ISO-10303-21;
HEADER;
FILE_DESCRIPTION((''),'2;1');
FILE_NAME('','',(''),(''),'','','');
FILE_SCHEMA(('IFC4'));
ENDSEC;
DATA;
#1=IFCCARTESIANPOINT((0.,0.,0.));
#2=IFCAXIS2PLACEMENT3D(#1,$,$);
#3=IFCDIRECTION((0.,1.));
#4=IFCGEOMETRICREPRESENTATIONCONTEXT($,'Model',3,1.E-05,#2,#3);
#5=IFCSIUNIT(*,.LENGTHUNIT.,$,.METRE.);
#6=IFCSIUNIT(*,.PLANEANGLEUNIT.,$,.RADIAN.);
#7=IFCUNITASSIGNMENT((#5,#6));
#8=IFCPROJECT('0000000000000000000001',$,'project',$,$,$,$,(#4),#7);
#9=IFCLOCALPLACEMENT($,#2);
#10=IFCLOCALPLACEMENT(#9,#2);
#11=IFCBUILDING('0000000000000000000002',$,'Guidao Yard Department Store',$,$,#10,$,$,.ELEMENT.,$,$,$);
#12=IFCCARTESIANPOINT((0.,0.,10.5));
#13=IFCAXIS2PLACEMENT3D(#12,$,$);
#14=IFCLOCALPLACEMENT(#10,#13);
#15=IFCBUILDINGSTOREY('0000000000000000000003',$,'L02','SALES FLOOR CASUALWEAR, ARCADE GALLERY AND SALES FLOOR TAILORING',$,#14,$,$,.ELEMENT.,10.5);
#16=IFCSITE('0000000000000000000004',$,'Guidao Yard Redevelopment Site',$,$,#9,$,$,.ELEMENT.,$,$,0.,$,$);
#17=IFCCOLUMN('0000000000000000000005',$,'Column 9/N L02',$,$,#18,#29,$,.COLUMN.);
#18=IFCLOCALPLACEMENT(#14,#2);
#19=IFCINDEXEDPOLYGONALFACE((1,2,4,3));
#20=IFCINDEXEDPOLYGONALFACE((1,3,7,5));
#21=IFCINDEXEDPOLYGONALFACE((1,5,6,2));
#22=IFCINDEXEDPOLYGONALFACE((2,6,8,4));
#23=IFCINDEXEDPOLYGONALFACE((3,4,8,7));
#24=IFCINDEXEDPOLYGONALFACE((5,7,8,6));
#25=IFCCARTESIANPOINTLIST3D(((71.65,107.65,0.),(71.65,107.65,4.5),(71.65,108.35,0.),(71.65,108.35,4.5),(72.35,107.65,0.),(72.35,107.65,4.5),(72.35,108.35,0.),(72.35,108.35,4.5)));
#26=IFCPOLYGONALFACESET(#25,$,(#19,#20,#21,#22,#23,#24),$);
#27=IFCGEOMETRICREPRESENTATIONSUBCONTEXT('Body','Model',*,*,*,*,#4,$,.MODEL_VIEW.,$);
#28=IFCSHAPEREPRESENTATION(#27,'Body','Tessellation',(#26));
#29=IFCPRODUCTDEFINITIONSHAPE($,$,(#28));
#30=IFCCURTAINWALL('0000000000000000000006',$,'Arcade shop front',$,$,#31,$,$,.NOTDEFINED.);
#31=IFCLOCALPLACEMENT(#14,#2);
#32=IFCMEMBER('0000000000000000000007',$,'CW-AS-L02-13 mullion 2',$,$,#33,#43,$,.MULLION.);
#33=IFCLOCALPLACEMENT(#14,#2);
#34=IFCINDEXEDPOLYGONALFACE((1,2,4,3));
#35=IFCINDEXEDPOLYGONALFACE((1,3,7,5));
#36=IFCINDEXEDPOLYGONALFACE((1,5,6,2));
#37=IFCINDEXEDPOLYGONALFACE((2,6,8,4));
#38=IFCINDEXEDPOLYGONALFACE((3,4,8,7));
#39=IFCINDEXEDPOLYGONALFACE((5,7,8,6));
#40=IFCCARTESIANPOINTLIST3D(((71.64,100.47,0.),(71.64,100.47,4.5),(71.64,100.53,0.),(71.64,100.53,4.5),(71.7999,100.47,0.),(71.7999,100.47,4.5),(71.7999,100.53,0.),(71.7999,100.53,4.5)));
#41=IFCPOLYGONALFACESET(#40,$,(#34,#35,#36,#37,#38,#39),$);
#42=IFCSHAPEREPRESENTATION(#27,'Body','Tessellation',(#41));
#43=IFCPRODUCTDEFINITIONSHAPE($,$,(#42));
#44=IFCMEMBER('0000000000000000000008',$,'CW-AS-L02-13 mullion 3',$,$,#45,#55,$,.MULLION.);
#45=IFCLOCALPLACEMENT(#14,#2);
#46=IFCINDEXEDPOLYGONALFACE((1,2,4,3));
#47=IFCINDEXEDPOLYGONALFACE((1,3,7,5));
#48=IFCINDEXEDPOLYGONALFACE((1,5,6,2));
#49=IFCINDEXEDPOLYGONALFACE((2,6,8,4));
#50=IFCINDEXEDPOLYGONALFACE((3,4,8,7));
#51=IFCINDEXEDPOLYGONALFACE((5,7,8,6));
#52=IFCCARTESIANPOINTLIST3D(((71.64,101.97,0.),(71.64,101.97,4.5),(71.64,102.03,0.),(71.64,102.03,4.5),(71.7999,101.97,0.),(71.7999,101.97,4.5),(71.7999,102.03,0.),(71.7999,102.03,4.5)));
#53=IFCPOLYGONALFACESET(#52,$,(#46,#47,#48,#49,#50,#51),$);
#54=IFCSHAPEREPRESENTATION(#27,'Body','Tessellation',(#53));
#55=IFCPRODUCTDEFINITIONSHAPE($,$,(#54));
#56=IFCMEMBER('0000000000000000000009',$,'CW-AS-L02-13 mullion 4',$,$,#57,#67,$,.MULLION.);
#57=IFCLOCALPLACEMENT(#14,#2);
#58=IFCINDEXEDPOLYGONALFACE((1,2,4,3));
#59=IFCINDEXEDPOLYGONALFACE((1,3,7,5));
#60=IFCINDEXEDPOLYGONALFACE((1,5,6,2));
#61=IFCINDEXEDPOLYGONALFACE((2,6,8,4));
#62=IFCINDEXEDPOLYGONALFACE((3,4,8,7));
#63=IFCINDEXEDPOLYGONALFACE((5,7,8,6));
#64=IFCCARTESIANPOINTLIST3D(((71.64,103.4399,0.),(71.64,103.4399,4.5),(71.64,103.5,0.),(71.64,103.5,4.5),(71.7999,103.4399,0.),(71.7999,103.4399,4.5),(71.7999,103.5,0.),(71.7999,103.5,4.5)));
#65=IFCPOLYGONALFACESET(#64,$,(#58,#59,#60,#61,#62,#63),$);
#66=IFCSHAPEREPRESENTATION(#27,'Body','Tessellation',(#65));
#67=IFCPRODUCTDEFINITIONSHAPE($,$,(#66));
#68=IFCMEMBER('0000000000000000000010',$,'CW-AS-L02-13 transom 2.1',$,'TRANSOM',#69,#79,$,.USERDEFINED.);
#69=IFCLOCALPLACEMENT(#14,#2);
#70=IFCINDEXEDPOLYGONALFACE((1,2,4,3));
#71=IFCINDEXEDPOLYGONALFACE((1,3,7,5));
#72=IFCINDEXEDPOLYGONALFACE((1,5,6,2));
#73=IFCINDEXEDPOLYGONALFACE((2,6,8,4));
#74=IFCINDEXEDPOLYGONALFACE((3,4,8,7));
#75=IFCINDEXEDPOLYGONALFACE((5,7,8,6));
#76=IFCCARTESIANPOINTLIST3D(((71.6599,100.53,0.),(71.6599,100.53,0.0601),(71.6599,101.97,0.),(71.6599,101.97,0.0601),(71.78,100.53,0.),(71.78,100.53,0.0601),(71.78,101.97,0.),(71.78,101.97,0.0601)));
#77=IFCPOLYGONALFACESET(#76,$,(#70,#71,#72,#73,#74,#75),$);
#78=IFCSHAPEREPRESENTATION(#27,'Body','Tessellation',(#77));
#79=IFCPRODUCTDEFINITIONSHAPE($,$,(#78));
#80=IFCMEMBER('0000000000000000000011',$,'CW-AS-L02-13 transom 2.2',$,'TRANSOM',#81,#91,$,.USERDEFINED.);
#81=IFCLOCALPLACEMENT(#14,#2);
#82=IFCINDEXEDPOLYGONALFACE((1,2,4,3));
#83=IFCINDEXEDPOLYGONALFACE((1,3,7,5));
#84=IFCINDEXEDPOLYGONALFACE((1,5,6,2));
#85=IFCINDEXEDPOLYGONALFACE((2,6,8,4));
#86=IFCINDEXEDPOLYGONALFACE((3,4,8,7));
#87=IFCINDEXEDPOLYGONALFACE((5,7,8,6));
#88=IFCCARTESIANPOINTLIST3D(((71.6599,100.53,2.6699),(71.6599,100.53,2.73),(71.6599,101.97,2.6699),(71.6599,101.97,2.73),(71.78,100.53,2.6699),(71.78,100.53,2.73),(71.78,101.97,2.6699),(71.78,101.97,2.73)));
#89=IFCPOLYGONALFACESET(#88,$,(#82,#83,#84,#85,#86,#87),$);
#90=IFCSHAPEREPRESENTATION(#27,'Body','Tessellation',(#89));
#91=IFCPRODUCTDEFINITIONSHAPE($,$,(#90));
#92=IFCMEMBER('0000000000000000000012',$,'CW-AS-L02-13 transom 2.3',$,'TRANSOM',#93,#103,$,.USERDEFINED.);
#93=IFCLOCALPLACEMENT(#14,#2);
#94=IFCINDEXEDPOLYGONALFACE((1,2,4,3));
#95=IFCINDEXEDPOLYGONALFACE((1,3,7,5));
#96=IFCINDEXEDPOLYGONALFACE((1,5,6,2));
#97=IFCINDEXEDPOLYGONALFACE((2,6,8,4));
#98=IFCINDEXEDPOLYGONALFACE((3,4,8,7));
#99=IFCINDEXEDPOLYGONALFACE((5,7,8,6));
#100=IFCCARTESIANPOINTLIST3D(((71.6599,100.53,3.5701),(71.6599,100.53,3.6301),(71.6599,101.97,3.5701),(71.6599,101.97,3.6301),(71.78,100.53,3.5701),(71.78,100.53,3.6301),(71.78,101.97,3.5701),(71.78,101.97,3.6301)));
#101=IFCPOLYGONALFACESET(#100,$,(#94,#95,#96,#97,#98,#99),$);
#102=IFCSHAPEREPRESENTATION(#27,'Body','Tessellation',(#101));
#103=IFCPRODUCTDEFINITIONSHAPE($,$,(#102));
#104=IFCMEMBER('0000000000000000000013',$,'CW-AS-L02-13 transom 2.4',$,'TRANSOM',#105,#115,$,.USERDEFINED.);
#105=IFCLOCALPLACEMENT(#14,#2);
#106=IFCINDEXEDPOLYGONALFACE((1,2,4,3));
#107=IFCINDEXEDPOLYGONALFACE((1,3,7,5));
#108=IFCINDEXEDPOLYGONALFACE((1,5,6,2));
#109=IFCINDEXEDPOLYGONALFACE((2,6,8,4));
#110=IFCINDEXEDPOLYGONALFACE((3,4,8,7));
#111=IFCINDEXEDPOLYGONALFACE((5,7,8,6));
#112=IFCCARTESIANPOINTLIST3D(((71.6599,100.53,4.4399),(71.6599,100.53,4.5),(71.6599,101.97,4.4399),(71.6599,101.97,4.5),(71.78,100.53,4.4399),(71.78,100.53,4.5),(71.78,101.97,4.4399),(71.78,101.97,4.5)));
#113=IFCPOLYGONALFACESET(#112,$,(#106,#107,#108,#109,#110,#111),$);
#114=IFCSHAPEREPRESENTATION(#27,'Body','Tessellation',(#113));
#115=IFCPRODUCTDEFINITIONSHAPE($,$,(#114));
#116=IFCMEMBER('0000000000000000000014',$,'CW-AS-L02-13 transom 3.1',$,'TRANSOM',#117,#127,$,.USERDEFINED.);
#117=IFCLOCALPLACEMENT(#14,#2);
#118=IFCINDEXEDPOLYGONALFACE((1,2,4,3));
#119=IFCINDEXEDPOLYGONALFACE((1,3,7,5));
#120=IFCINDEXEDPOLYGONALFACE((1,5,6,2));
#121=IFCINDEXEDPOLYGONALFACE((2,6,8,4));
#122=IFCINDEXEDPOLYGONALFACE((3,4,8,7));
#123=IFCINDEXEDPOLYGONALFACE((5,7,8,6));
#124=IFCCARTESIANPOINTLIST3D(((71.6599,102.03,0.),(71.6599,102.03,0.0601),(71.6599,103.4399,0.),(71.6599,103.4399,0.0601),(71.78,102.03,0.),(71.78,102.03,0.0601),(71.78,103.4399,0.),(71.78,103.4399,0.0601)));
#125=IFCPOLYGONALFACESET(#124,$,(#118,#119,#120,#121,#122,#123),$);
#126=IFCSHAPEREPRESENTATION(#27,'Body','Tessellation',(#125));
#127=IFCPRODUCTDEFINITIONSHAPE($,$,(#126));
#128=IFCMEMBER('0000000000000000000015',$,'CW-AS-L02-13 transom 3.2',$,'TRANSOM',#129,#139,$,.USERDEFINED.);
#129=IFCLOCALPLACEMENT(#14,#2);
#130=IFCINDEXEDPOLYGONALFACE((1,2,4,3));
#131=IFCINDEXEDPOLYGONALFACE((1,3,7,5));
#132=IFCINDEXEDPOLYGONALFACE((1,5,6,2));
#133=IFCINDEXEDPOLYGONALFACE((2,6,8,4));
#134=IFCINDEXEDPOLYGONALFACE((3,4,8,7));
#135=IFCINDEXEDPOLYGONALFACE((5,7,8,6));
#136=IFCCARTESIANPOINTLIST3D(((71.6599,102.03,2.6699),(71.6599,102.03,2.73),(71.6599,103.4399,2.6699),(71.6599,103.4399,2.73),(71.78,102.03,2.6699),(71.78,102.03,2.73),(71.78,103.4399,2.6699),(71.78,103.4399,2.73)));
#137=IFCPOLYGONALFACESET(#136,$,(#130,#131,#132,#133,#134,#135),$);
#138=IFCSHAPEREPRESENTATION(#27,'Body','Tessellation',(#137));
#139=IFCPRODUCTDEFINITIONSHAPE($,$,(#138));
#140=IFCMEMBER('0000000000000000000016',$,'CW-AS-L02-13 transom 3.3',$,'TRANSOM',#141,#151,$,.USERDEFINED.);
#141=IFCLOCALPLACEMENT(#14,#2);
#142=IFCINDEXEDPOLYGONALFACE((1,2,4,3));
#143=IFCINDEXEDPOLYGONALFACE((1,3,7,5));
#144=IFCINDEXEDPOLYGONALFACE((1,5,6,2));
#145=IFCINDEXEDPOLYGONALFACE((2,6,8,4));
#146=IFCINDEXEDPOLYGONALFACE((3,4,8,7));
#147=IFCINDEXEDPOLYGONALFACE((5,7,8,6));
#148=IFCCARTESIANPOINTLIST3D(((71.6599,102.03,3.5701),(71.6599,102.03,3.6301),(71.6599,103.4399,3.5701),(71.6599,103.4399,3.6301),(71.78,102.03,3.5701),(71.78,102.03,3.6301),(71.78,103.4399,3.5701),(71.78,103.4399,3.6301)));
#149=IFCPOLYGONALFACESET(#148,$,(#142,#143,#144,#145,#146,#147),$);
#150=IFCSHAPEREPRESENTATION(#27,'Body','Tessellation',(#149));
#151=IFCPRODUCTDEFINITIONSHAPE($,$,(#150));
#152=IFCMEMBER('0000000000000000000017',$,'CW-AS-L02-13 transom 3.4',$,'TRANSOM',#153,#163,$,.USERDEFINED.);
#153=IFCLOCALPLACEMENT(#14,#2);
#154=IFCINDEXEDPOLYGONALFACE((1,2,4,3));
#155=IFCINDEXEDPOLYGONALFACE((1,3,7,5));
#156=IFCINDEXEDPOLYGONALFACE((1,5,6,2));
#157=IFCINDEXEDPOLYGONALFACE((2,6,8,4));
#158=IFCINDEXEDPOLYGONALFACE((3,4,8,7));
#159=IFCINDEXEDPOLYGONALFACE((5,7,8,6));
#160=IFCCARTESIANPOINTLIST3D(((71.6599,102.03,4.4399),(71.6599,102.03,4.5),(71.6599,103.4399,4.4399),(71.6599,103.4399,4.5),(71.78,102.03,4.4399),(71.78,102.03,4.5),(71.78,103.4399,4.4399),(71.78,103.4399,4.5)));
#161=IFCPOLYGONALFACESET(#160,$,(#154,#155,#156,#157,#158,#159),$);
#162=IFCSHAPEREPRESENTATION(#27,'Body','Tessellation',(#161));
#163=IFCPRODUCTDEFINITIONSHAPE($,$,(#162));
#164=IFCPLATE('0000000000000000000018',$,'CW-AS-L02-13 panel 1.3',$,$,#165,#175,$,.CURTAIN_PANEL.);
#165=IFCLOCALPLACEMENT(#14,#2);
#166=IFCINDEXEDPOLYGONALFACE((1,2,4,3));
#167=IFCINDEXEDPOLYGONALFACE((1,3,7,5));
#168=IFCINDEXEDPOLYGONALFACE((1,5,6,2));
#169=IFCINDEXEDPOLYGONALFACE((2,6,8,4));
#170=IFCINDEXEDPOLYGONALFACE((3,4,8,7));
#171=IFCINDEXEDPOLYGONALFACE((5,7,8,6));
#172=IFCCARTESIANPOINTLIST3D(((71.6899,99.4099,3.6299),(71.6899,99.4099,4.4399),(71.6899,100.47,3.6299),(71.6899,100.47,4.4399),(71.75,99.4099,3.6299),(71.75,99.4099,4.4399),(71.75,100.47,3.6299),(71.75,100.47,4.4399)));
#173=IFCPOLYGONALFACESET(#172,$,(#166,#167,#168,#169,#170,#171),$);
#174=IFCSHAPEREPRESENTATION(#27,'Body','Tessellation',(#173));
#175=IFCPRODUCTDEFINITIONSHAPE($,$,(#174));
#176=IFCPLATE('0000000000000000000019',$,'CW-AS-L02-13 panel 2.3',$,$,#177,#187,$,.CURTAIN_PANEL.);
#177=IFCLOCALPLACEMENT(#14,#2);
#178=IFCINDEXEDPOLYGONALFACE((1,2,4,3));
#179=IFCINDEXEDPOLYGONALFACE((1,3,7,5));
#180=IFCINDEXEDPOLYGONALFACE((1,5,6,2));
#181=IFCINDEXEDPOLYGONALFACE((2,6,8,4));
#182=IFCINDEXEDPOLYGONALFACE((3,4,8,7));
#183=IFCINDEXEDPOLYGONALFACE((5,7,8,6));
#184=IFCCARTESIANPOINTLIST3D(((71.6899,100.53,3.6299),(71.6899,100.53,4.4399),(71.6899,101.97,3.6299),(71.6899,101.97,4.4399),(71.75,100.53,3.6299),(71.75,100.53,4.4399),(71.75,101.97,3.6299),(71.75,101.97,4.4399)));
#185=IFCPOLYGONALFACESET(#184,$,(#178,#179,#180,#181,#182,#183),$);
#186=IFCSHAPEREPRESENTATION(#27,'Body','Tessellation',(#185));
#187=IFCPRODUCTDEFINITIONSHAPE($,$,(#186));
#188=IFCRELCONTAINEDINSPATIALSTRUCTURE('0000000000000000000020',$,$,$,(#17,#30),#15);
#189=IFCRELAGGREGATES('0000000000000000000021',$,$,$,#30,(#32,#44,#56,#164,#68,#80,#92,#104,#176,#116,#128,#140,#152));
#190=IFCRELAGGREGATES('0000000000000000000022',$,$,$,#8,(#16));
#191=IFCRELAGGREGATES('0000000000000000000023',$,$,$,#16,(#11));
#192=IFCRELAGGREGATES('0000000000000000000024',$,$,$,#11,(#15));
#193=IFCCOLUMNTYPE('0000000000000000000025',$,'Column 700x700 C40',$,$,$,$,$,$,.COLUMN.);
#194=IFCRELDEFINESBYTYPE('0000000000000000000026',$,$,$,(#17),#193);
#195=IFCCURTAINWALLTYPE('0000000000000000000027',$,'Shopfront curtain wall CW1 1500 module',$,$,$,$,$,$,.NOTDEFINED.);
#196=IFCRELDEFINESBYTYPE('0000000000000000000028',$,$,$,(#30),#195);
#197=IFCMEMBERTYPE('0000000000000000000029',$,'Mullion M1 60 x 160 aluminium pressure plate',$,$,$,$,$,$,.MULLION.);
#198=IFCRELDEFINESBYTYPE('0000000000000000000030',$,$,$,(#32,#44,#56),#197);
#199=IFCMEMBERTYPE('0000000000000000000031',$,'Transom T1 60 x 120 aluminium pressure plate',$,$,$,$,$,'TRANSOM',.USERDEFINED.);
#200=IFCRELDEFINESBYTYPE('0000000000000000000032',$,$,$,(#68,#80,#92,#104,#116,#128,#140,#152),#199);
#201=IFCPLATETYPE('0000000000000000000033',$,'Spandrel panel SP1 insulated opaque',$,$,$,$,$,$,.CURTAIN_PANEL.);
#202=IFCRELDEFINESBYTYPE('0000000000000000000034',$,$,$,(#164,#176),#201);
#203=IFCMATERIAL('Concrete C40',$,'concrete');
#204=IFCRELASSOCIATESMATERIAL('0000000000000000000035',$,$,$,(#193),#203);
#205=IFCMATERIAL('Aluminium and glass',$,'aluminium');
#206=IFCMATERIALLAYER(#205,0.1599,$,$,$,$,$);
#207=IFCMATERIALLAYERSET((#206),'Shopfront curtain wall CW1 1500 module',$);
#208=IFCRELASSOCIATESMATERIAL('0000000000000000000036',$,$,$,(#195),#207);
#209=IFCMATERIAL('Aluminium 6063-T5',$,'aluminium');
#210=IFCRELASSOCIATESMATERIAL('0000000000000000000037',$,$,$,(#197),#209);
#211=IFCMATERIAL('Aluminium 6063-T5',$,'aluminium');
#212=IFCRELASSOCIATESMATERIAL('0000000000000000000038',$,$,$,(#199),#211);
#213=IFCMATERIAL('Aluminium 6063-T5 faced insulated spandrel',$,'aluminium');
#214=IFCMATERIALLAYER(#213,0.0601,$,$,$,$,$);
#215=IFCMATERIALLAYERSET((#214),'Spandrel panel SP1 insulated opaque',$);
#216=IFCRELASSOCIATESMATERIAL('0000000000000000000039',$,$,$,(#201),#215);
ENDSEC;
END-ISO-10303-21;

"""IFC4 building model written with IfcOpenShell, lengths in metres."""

from ifc_helpers import new_model, si_unit, direction, frame, origin, origin_2d, place, context, subcontext, project, spatial, rectangle, extrude, material, layer, layer_set, material_profile, profile_set, type_object, element, aggregate, save


model = new_model("IFC4")

# Units and contexts
model_context = context("Model", 3, precision=1e-05, world=origin(), true_north=direction((0.0, 1.0)))
body_context = subcontext(model_context, "Body", "Model", "MODEL_VIEW")
ifc_project = project(units=[si_unit("LENGTHUNIT", "METRE"), si_unit("PLANEANGLEUNIT", "RADIAN")], contexts=[model_context])

# Site, building, storey
site_placement = place(None, origin())
site = spatial("IfcSite", under=ifc_project, at=site_placement, Name="Guidao Yard Redevelopment Site", CompositionType="ELEMENT", RefElevation=0.0)
building_placement = place(site_placement, origin())
building = spatial("IfcBuilding", under=site, at=building_placement, Name="Guidao Yard Department Store", CompositionType="ELEMENT")
storey_placement = place(building_placement, frame((0.0, 0.0, 10.5)))
storey = spatial("IfcBuildingStorey", under=building, at=storey_placement, Name="L02", Description="SALES FLOOR CASUALWEAR, ARCADE GALLERY AND SALES FLOOR TAILORING", CompositionType="ELEMENT", Elevation=10.5)

# Column
ifc_material_1 = material(Name="Concrete C40", Category="concrete")
ifc_material_profile_1 = material_profile(ifc_material_1, rectangle(XDim=0.7, YDim=0.7, at=origin_2d()), Name="COL 700x700")
ifc_profile_set_1 = profile_set([ifc_material_profile_1], Name="Concrete C40")
column_type = type_object("IfcColumnType", Name="Column 700x700 C40", PredefinedType="COLUMN", material=ifc_profile_set_1)
column_placement = place(storey_placement, frame((72.0, 108.0, 0.0), z_axis=(0.0, 0.0, 1.0), x_axis=(1.0, 0.0, 0.0)))
element("IfcColumn", 1, at=column_placement, inside=storey, type_object=column_type, Name="Column 9/N L02", PredefinedType="COLUMN", context=body_context, shape_type="SweptSolid", body=[
    extrude(rectangle(XDim=0.7, YDim=0.7, at=origin_2d()), origin(), (0.0, 0.0, 1.0), 4.5),
])

# Curtain wall, members, plates
ifc_material_2 = material(Name="Aluminium and glass", Category="aluminium")
ifc_layer_1 = layer(ifc_material_2, 0.1599)
ifc_layer_set_1 = layer_set([ifc_layer_1], Name="Shopfront curtain wall CW1 1500 module")
curtain_wall_type = type_object("IfcCurtainWallType", Name="Shopfront curtain wall CW1 1500 module", PredefinedType="NOTDEFINED", material=ifc_layer_set_1)
curtain_wall_placement = place(storey_placement, origin())
curtain_wall = element("IfcCurtainWall", 2, at=curtain_wall_placement, inside=storey, type_object=curtain_wall_type, Name="Arcade shop front", PredefinedType="NOTDEFINED")
ifc_material_3 = material(Name="Aluminium 6063-T5", Category="aluminium")
ifc_material_profile_2 = material_profile(ifc_material_3, rectangle(XDim=0.0601, YDim=0.1599, at=origin_2d()), Name="Mullion M1 60 x 160 aluminium pressure plate")
ifc_profile_set_2 = profile_set([ifc_material_profile_2], Name="Aluminium 6063-T5")
member_type_1 = type_object("IfcMemberType", Name="Mullion M1 60 x 160 aluminium pressure plate", PredefinedType="MULLION", material=ifc_profile_set_2)
member_1_placement = place(storey_placement, frame((71.72, 100.5, 0.0), z_axis=(0.0, 0.0, 1.0), x_axis=(0.0, 1.0, 0.0)))
member_1 = element("IfcMember", 3, at=member_1_placement, type_object=member_type_1, Name="CW-AS-L02-13 mullion 2", PredefinedType="MULLION", context=body_context, shape_type="SweptSolid", body=[
    extrude(rectangle(XDim=0.0601, YDim=0.1599, at=origin_2d()), origin(), (0.0, 0.0, 1.0), 4.5),
])
member_2_placement = place(storey_placement, frame((71.72, 102.0, 0.0), z_axis=(0.0, 0.0, 1.0), x_axis=(0.0, 1.0, 0.0)))
member_2 = element("IfcMember", 4, at=member_2_placement, type_object=member_type_1, Name="CW-AS-L02-13 mullion 3", PredefinedType="MULLION", context=body_context, shape_type="SweptSolid", body=[
    extrude(rectangle(XDim=0.0601, YDim=0.1599, at=origin_2d()), origin(), (0.0, 0.0, 1.0), 4.5),
])
member_3_placement = place(storey_placement, frame((71.72, 103.47, 0.0), z_axis=(0.0, 0.0, 1.0), x_axis=(0.0, 1.0, 0.0)))
member_3 = element("IfcMember", 5, at=member_3_placement, type_object=member_type_1, Name="CW-AS-L02-13 mullion 4", PredefinedType="MULLION", context=body_context, shape_type="SweptSolid", body=[
    extrude(rectangle(XDim=0.0601, YDim=0.1599, at=origin_2d()), origin(), (0.0, 0.0, 1.0), 4.5),
])
ifc_material_4 = material(Name="Aluminium 6063-T5", Category="aluminium")
ifc_material_profile_3 = material_profile(ifc_material_4, rectangle(XDim=0.1201, YDim=0.0601, at=origin_2d()), Name="Transom T1 60 x 120 aluminium pressure plate")
ifc_profile_set_3 = profile_set([ifc_material_profile_3], Name="Aluminium 6063-T5")
member_type_2 = type_object("IfcMemberType", Name="Transom T1 60 x 120 aluminium pressure plate", ElementType="TRANSOM", PredefinedType="USERDEFINED", material=ifc_profile_set_3)
member_4_placement = place(storey_placement, frame((71.72, 100.53, 0.03), z_axis=(0.0, 1.0, 0.0), x_axis=(-1.0, 0.0, 0.0)))
member_4 = element("IfcMember", 6, at=member_4_placement, type_object=member_type_2, Name="CW-AS-L02-13 transom 2.1", ObjectType="TRANSOM", PredefinedType="USERDEFINED", context=body_context, shape_type="SweptSolid", body=[
    extrude(rectangle(XDim=0.1201, YDim=0.0601, at=origin_2d()), origin(), (0.0, 0.0, 1.0), 1.4399),
])
member_5_placement = place(storey_placement, frame((71.72, 100.53, 2.7), z_axis=(0.0, 1.0, 0.0), x_axis=(-1.0, 0.0, 0.0)))
member_5 = element("IfcMember", 7, at=member_5_placement, type_object=member_type_2, Name="CW-AS-L02-13 transom 2.2", ObjectType="TRANSOM", PredefinedType="USERDEFINED", context=body_context, shape_type="SweptSolid", body=[
    extrude(rectangle(XDim=0.1201, YDim=0.0601, at=origin_2d()), origin(), (0.0, 0.0, 1.0), 1.4399),
])
member_6_placement = place(storey_placement, frame((71.72, 100.53, 3.6001), z_axis=(0.0, 1.0, 0.0), x_axis=(-1.0, 0.0, 0.0)))
member_6 = element("IfcMember", 8, at=member_6_placement, type_object=member_type_2, Name="CW-AS-L02-13 transom 2.3", ObjectType="TRANSOM", PredefinedType="USERDEFINED", context=body_context, shape_type="SweptSolid", body=[
    extrude(rectangle(XDim=0.1201, YDim=0.0601, at=origin_2d()), origin(), (0.0, 0.0, 1.0), 1.4399),
])
member_7_placement = place(storey_placement, frame((71.72, 100.53, 4.47), z_axis=(0.0, 1.0, 0.0), x_axis=(-1.0, 0.0, 0.0)))
member_7 = element("IfcMember", 9, at=member_7_placement, type_object=member_type_2, Name="CW-AS-L02-13 transom 2.4", ObjectType="TRANSOM", PredefinedType="USERDEFINED", context=body_context, shape_type="SweptSolid", body=[
    extrude(rectangle(XDim=0.1201, YDim=0.0601, at=origin_2d()), origin(), (0.0, 0.0, 1.0), 1.4399),
])
member_8_placement = place(storey_placement, frame((71.72, 102.03, 0.03), z_axis=(0.0, 1.0, 0.0), x_axis=(-1.0, 0.0, 0.0)))
member_8 = element("IfcMember", 10, at=member_8_placement, type_object=member_type_2, Name="CW-AS-L02-13 transom 3.1", ObjectType="TRANSOM", PredefinedType="USERDEFINED", context=body_context, shape_type="SweptSolid", body=[
    extrude(rectangle(XDim=0.1201, YDim=0.0601, at=origin_2d()), origin(), (0.0, 0.0, 1.0), 1.4099),
])
member_9_placement = place(storey_placement, frame((71.72, 102.03, 2.7), z_axis=(0.0, 1.0, 0.0), x_axis=(-1.0, 0.0, 0.0)))
member_9 = element("IfcMember", 11, at=member_9_placement, type_object=member_type_2, Name="CW-AS-L02-13 transom 3.2", ObjectType="TRANSOM", PredefinedType="USERDEFINED", context=body_context, shape_type="SweptSolid", body=[
    extrude(rectangle(XDim=0.1201, YDim=0.0601, at=origin_2d()), origin(), (0.0, 0.0, 1.0), 1.4099),
])
member_10_placement = place(storey_placement, frame((71.72, 102.03, 3.6001), z_axis=(0.0, 1.0, 0.0), x_axis=(-1.0, 0.0, 0.0)))
member_10 = element("IfcMember", 12, at=member_10_placement, type_object=member_type_2, Name="CW-AS-L02-13 transom 3.3", ObjectType="TRANSOM", PredefinedType="USERDEFINED", context=body_context, shape_type="SweptSolid", body=[
    extrude(rectangle(XDim=0.1201, YDim=0.0601, at=origin_2d()), origin(), (0.0, 0.0, 1.0), 1.4099),
])
member_11_placement = place(storey_placement, frame((71.72, 102.03, 4.47), z_axis=(0.0, 1.0, 0.0), x_axis=(-1.0, 0.0, 0.0)))
member_11 = element("IfcMember", 13, at=member_11_placement, type_object=member_type_2, Name="CW-AS-L02-13 transom 3.4", ObjectType="TRANSOM", PredefinedType="USERDEFINED", context=body_context, shape_type="SweptSolid", body=[
    extrude(rectangle(XDim=0.1201, YDim=0.0601, at=origin_2d()), origin(), (0.0, 0.0, 1.0), 1.4099),
])
ifc_material_5 = material(Name="Aluminium 6063-T5 faced insulated spandrel", Category="aluminium")
ifc_layer_2 = layer(ifc_material_5, 0.0601)
ifc_layer_set_2 = layer_set([ifc_layer_2], Name="Spandrel panel SP1 insulated opaque")
plate_type_1 = type_object("IfcPlateType", Name="Spandrel panel SP1 insulated opaque", PredefinedType="CURTAIN_PANEL", material=ifc_layer_set_2)
plate_1_placement = place(storey_placement, frame((71.72, 99.9399, 3.6299), z_axis=(0.0, 0.0, 1.0), x_axis=(0.0, 1.0, 0.0)))
plate_1 = element("IfcPlate", 14, at=plate_1_placement, type_object=plate_type_1, Name="CW-AS-L02-13 panel 1.3", PredefinedType="CURTAIN_PANEL", context=body_context, shape_type="SweptSolid", body=[
    extrude(rectangle(XDim=1.0601, YDim=0.0601, at=origin_2d()), origin(), (0.0, 0.0, 1.0), 0.8101),
])
plate_2_placement = place(storey_placement, frame((71.72, 101.25, 3.6299), z_axis=(0.0, 0.0, 1.0), x_axis=(0.0, 1.0, 0.0)))
plate_2 = element("IfcPlate", 15, at=plate_2_placement, type_object=plate_type_1, Name="CW-AS-L02-13 panel 2.3", PredefinedType="CURTAIN_PANEL", context=body_context, shape_type="SweptSolid", body=[
    extrude(rectangle(XDim=1.4399, YDim=0.0601, at=origin_2d()), origin(), (0.0, 0.0, 1.0), 0.8101),
])
aggregate(curtain_wall, [member_1, member_2, member_3, plate_1, member_4, member_5, member_6, member_7, plate_2, member_8, member_9, member_10, member_11])

save(model, "model.ifc")
